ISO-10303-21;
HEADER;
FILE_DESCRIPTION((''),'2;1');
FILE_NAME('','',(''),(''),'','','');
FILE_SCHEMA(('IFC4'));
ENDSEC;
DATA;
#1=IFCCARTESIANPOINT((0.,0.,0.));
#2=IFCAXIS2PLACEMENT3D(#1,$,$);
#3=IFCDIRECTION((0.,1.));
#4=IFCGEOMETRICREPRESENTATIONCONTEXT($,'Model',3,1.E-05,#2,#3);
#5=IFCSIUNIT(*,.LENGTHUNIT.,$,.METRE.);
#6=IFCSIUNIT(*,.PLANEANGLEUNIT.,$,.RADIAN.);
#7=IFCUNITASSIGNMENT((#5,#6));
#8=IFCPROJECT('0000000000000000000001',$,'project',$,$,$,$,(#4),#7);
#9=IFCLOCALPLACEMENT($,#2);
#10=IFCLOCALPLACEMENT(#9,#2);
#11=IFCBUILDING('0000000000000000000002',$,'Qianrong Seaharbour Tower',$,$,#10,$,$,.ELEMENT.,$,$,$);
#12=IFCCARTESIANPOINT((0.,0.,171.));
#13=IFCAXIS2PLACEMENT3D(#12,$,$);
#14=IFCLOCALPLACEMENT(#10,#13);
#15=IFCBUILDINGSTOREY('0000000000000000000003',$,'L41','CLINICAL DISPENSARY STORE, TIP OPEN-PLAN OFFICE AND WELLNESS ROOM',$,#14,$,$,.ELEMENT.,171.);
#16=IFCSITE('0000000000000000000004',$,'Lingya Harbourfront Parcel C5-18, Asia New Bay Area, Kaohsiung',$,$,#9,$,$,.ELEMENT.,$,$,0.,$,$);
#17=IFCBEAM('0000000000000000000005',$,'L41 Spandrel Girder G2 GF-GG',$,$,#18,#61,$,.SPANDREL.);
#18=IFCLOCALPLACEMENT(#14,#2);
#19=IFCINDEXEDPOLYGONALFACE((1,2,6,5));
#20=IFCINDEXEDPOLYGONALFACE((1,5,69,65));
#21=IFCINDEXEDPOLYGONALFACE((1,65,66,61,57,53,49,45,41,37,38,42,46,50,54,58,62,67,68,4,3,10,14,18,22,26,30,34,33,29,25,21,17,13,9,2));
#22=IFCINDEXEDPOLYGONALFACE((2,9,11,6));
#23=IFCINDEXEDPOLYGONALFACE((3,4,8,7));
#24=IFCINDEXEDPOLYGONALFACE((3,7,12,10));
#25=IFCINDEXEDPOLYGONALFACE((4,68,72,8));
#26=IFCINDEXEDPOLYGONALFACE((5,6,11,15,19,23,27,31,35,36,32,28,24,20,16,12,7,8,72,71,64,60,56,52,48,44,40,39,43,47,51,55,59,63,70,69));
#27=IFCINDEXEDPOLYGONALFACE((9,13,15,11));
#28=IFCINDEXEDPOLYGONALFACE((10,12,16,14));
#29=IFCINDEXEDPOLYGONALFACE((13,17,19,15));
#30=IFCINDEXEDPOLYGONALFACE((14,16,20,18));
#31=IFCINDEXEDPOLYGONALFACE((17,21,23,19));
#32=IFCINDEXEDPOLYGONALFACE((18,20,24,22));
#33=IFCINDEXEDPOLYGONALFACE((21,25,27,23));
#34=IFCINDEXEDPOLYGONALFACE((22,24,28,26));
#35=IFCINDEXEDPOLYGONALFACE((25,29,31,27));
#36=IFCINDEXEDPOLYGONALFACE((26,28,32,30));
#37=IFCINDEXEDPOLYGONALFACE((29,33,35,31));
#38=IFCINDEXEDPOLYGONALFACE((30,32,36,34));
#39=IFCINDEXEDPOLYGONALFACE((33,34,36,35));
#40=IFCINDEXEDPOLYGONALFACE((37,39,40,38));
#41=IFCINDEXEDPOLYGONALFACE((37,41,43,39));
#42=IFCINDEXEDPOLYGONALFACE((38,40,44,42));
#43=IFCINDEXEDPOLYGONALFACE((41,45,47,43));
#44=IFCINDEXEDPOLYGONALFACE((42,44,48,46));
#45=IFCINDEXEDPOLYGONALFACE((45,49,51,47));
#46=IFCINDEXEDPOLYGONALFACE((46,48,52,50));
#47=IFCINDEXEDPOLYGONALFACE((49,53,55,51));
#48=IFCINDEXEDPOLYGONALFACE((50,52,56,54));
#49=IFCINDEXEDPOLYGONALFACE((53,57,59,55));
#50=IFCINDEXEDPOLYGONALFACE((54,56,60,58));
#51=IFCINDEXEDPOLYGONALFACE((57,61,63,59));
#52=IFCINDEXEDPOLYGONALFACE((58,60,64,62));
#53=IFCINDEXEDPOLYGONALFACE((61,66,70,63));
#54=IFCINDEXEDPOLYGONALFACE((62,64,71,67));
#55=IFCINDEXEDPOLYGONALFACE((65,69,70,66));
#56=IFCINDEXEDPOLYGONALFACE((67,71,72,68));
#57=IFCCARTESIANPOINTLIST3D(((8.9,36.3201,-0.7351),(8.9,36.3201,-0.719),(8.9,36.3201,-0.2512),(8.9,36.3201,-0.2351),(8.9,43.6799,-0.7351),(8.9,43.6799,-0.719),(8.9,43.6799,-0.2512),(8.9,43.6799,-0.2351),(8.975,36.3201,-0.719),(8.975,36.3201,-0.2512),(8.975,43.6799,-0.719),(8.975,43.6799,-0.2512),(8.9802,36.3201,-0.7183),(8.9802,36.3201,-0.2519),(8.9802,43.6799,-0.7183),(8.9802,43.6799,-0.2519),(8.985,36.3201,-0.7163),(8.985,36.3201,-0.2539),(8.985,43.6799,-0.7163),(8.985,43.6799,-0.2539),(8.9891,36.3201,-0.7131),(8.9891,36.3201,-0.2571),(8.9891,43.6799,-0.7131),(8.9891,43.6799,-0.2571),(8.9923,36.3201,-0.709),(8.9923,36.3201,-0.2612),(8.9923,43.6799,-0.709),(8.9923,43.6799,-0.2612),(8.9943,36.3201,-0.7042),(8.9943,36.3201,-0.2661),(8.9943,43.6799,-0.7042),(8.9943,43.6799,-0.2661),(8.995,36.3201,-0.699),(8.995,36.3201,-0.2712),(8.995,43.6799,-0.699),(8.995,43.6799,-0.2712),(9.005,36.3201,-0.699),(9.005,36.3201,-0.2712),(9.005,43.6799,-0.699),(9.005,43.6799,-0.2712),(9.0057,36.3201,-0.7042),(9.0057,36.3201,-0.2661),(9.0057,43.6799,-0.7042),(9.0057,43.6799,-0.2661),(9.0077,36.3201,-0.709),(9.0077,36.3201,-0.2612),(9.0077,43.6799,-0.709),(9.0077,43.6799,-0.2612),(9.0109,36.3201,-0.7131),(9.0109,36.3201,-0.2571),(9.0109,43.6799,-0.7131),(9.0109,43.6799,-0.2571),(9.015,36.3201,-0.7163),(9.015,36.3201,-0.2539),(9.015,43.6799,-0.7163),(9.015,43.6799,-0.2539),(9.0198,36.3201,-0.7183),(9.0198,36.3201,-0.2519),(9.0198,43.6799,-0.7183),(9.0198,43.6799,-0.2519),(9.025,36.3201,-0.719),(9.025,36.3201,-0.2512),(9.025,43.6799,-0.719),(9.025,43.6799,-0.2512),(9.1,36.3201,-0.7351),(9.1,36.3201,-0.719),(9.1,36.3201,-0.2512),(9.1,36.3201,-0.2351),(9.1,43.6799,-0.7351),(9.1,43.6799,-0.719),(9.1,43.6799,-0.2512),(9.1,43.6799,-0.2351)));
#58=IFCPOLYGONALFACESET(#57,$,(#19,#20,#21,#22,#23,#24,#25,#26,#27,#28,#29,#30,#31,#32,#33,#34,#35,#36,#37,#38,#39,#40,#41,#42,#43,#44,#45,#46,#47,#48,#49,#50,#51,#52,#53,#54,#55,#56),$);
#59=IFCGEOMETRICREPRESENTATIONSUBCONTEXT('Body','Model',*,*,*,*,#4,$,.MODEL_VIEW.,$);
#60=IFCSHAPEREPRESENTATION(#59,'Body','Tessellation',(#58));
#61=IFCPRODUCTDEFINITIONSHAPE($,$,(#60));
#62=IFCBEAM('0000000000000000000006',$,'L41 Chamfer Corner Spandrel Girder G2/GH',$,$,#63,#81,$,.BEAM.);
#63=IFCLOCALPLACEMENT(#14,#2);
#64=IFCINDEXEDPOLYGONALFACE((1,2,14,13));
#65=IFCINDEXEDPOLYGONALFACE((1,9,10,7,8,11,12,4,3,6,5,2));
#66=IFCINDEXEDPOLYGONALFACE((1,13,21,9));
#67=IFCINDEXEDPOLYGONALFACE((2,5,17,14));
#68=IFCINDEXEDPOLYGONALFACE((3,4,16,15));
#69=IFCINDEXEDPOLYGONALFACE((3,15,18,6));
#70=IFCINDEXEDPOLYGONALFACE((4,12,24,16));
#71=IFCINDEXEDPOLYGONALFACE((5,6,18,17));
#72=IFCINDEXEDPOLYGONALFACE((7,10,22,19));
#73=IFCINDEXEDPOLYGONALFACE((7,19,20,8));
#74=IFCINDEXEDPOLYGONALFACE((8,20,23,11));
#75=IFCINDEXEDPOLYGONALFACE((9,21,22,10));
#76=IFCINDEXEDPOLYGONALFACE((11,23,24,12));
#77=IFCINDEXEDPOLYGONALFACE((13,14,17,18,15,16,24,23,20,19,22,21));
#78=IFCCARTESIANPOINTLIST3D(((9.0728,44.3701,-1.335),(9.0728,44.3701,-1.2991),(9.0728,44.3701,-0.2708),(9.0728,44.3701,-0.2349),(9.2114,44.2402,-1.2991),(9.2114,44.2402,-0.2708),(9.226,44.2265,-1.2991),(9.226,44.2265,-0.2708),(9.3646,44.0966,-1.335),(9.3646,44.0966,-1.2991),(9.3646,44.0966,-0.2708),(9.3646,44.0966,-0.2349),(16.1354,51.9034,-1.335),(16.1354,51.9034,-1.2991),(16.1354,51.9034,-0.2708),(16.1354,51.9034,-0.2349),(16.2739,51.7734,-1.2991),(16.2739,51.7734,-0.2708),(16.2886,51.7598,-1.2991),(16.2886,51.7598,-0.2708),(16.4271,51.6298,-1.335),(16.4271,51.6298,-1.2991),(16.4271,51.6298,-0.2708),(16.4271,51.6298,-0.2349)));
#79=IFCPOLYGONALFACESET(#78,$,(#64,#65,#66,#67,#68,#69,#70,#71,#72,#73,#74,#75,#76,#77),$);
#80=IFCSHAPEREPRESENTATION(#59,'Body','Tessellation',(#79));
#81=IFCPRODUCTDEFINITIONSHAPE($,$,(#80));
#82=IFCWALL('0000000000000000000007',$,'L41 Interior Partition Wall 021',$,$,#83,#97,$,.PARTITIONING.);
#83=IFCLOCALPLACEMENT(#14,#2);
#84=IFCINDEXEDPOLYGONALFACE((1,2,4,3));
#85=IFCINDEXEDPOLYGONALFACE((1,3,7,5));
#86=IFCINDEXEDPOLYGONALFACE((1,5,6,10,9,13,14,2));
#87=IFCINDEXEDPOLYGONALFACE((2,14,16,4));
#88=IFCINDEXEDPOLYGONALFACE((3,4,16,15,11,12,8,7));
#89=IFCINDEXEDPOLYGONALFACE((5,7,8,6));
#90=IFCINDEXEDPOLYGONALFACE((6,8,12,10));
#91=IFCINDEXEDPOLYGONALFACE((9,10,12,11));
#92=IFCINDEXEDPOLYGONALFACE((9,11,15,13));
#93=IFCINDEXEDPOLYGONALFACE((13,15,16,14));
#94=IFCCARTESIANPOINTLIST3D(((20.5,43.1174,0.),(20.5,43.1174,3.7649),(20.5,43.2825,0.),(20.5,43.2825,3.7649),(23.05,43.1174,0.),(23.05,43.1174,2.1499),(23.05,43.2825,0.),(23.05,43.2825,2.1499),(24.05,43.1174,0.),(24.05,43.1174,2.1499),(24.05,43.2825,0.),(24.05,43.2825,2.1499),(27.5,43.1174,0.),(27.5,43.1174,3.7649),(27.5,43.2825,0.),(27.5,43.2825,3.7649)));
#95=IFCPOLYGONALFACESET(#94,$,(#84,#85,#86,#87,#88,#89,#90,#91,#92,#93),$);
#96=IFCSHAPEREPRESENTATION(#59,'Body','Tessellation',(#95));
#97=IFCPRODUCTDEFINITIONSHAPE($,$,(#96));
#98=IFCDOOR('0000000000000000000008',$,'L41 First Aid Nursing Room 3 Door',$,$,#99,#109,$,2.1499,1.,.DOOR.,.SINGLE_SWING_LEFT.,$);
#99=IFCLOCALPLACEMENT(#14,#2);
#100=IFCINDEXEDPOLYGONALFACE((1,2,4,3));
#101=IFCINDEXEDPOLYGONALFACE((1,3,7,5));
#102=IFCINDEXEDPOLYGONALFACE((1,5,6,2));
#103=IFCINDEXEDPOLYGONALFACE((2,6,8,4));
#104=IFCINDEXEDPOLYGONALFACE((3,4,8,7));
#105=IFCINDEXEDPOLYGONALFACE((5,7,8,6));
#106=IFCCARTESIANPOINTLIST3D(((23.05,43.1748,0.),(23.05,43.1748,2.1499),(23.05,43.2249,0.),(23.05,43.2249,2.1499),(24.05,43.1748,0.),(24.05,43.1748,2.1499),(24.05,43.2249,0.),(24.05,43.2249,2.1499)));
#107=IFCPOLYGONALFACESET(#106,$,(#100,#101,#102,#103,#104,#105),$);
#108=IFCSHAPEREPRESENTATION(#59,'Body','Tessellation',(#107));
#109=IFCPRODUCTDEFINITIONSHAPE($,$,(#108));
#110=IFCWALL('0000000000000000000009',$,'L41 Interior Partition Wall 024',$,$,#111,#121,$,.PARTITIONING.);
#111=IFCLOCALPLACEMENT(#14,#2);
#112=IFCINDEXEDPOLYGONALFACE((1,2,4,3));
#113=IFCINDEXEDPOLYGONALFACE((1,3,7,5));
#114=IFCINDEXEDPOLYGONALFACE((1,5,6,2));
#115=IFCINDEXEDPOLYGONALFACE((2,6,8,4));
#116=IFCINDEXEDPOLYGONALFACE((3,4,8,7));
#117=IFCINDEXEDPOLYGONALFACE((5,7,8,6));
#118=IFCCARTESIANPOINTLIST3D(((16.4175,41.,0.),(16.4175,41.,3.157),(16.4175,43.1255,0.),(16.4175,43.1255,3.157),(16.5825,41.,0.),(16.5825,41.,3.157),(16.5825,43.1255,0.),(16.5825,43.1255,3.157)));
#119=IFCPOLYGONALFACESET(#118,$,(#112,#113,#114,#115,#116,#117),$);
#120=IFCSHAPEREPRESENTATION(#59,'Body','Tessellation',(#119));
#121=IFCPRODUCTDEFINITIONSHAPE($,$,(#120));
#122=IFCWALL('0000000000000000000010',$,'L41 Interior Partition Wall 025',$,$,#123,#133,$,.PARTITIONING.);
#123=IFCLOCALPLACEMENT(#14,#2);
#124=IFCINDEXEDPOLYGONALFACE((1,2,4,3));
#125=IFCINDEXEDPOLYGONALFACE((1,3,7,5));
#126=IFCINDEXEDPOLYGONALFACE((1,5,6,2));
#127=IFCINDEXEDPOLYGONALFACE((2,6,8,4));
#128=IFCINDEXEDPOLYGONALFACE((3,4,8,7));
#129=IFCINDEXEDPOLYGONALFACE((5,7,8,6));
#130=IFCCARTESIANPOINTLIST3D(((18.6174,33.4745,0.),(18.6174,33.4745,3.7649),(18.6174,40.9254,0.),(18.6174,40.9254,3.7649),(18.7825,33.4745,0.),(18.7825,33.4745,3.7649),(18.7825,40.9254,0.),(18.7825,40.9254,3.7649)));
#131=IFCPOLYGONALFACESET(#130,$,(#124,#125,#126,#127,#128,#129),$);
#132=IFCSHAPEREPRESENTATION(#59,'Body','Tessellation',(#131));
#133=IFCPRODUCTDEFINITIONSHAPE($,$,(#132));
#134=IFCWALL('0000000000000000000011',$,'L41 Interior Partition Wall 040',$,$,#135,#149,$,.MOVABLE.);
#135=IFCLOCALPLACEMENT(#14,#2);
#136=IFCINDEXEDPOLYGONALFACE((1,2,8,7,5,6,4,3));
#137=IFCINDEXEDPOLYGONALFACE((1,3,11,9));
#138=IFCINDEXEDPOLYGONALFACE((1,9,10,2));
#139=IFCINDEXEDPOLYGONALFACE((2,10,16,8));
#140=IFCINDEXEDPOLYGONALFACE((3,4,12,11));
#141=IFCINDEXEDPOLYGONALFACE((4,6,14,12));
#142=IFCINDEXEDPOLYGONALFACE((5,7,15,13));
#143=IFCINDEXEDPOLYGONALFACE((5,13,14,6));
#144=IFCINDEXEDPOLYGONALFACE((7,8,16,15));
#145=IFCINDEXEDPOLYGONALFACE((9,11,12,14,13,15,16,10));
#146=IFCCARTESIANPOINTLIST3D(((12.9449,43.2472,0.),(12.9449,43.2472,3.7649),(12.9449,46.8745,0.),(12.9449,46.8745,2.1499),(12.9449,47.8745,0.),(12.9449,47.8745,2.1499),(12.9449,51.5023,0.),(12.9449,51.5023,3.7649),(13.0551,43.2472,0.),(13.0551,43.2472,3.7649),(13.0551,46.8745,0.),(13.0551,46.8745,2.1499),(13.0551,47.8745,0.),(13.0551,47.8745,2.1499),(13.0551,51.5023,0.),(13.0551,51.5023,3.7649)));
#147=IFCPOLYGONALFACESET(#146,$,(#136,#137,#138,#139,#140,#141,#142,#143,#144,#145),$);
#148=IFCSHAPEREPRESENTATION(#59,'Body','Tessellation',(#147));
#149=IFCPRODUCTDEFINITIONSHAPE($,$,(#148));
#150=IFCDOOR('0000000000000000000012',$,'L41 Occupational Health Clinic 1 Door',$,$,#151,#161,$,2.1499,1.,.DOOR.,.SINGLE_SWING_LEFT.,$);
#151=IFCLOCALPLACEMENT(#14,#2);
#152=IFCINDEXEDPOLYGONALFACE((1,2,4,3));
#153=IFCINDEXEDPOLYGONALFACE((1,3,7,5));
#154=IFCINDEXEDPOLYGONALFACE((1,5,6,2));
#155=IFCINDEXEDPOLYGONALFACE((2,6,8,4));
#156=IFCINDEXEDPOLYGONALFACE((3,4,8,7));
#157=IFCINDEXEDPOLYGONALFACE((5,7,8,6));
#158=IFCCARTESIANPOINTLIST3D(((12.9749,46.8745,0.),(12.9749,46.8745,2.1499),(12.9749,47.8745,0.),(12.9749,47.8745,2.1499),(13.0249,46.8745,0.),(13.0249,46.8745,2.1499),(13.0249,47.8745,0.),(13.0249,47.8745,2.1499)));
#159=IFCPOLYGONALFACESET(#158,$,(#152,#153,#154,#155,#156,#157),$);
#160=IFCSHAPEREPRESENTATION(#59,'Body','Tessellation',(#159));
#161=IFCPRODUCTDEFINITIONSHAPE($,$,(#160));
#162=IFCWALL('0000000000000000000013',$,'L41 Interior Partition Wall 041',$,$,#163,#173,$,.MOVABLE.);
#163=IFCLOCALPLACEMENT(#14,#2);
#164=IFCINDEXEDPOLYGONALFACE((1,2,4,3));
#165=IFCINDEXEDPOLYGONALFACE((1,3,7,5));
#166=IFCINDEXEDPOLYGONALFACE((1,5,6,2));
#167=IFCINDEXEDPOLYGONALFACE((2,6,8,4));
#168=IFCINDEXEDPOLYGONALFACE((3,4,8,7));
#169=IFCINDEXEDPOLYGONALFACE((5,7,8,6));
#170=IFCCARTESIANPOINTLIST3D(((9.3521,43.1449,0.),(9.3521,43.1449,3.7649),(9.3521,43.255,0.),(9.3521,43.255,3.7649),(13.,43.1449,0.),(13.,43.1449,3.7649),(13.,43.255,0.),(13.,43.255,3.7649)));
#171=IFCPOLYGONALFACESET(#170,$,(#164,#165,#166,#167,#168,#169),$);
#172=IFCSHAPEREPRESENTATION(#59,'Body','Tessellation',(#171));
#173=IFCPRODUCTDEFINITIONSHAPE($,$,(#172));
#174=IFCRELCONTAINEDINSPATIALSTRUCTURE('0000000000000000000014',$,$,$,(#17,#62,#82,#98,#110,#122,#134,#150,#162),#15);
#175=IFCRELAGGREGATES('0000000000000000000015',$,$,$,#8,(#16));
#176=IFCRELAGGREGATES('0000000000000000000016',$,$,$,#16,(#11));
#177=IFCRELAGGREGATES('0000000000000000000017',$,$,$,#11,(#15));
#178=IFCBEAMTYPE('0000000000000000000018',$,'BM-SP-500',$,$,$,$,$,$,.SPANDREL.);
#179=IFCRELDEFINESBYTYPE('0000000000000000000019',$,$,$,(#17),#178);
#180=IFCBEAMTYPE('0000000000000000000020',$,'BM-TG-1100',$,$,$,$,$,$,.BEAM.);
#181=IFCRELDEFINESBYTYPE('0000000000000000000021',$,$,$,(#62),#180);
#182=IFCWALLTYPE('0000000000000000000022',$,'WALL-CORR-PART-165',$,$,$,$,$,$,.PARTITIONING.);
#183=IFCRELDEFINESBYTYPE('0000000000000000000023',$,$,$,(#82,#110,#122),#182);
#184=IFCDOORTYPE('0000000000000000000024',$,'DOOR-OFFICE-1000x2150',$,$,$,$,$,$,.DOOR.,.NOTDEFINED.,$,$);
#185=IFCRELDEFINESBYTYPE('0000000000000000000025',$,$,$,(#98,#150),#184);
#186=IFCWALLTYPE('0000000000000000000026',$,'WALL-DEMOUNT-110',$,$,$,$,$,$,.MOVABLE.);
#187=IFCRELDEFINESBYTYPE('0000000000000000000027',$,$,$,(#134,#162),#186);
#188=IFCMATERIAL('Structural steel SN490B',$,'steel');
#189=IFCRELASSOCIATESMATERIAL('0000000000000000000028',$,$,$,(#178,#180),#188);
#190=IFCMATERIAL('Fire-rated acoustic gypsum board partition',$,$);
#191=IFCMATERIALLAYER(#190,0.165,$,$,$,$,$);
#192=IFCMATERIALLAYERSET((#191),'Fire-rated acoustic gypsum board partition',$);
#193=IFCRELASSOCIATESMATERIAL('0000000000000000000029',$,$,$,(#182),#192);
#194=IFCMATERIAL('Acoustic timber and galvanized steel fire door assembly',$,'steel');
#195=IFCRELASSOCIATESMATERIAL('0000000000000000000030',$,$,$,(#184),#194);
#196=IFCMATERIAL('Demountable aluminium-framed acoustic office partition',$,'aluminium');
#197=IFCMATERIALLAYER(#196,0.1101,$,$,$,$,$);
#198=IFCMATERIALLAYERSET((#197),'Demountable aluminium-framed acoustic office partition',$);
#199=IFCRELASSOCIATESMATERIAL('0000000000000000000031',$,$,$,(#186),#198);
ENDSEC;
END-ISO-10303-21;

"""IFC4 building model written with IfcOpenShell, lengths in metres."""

from ifc_helpers import new_model, si_unit, direction, frame, frame_2d, origin, origin_2d, place, context, subcontext, project, spatial, rectangle, i_section, extrude, material, layer, layer_set, material_profile, profile_set, type_object, element, fill, save


model = new_model("IFC4")

# Units and contexts
model_context = context("Model", 3, precision=1e-05, world=origin(), true_north=direction((0.0, 1.0)))
body_context = subcontext(model_context, "Body", "Model", "MODEL_VIEW")
ifc_project = project(units=[si_unit("LENGTHUNIT", "METRE"), si_unit("PLANEANGLEUNIT", "RADIAN")], contexts=[model_context])

# Site, building, storey
site_placement = place(None, origin())
site = spatial("IfcSite", under=ifc_project, at=site_placement, Name="Lingya Harbourfront Parcel C5-18, Asia New Bay Area, Kaohsiung", CompositionType="ELEMENT", RefElevation=0.0)
building_placement = place(site_placement, origin())
building = spatial("IfcBuilding", under=site, at=building_placement, Name="Qianrong Seaharbour Tower", CompositionType="ELEMENT")
storey_placement = place(building_placement, frame((0.0, 0.0, 171.0)))
storey = spatial("IfcBuildingStorey", under=building, at=storey_placement, Name="L41", Description="CLINICAL DISPENSARY STORE, TIP OPEN-PLAN OFFICE AND WELLNESS ROOM", CompositionType="ELEMENT", Elevation=171.0)

# Shared definitions
ifc_material_1 = material(Name="Structural steel SN490B", Category="steel")

# Beams
ifc_material_profile_1 = material_profile(ifc_material_1, i_section(OverallWidth=0.2, OverallDepth=0.5, WebThickness=0.01, FlangeThickness=0.0161, FilletRadius=0.02, at=origin_2d()), Name="H500x200x10x16")
ifc_profile_set_1 = profile_set([ifc_material_profile_1], Name="Structural steel SN490B")
beam_type_1 = type_object("IfcBeamType", Name="BM-SP-500", PredefinedType="SPANDREL", material=ifc_profile_set_1)
for number, where, z_axis, x_axis, name in (
    (1, (9.0, 36.3201, -0.4851), (0.0, 1.0, 0.0), (-1.0, 0.0, 0.0), "L41 Spandrel Girder G2 GF-GG"),
):
    element("IfcBeam", number, at=place(storey_placement, frame(where, z_axis=z_axis, x_axis=x_axis)), inside=storey, type_object=beam_type_1, Name=name, PredefinedType="SPANDREL", context=body_context, shape_type="SweptSolid", body=[
        extrude(i_section(OverallWidth=0.2, OverallDepth=0.5, WebThickness=0.01, FlangeThickness=0.0161, FilletRadius=0.02, at=origin_2d()), origin(), (0.0, 0.0, 1.0), 7.3599),
    ])
ifc_material_profile_2 = material_profile(ifc_material_1, i_section(OverallWidth=0.3999, OverallDepth=1.1001, WebThickness=0.02, FlangeThickness=0.0359, at=origin_2d()), Name="BH1100x400x20x36")
ifc_profile_set_2 = profile_set([ifc_material_profile_2], Name="Structural steel SN490B")
beam_type_2 = type_object("IfcBeamType", Name="BM-TG-1100", PredefinedType="BEAM", material=ifc_profile_set_2)
beam_1_placement = place(storey_placement, frame((16.2812, 51.7666, -0.7849), z_axis=(-0.683947, -0.729531, 0.0), x_axis=(0.729531, -0.683947, 0.0)))
element("IfcBeam", 2, at=beam_1_placement, inside=storey, type_object=beam_type_2, Name="L41 Chamfer Corner Spandrel Girder G2/GH", PredefinedType="BEAM", context=body_context, shape_type="SweptSolid", body=[
    extrude(i_section(OverallWidth=0.3999, OverallDepth=1.1001, WebThickness=0.02, FlangeThickness=0.0359, at=origin_2d()), origin(), (0.0, 0.0, 1.0), 10.3262),
])

# Wall, opening, door
ifc_material_2 = material(Name="Fire-rated acoustic gypsum board partition")
ifc_layer_1 = layer(ifc_material_2, 0.165)
ifc_layer_set_1 = layer_set([ifc_layer_1], Name="Fire-rated acoustic gypsum board partition")
wall_type_1 = type_object("IfcWallType", Name="WALL-CORR-PART-165", PredefinedType="PARTITIONING", material=ifc_layer_set_1)
ifc_material_3 = material(Name="Acoustic timber and galvanized steel fire door assembly", Category="steel")
door_type = type_object("IfcDoorType", Name="DOOR-OFFICE-1000x2150", OperationType="NOTDEFINED", PredefinedType="DOOR", material=ifc_material_3)
wall_1_placement = place(storey_placement, frame((20.5, 43.2, 0.0), z_axis=(0.0, 0.0, 1.0), x_axis=(1.0, 0.0, 0.0)))
wall_1 = element("IfcWall", 3, at=wall_1_placement, inside=storey, type_object=wall_type_1, Name="L41 Interior Partition Wall 021", PredefinedType="PARTITIONING", context=body_context, shape_type="SweptSolid", body=[
    extrude(rectangle(XDim=7.0, YDim=0.165, at=frame_2d((3.5, 0.0))), origin(), (0.0, 0.0, 1.0), 3.7649),
])
opening_1_placement = place(wall_1_placement, frame((2.55, 0.0, 0.0)))
opening_1 = element("IfcOpeningElement", 4, at=opening_1_placement, cuts=wall_1, PredefinedType="OPENING", context=body_context, shape_type="SweptSolid", body=[
    extrude(rectangle(XDim=1.0, YDim=2.1499, at=frame_2d((0.5, 1.075))), frame((0.0, 0.0925, 0.0), z_axis=(0.0, -1.0, 0.0), x_axis=(1.0, 0.0, 0.0)), (0.0, 0.0, 1.0), 0.1851),
])
door_1_placement = place(opening_1_placement, origin())
door_1 = element("IfcDoor", 5, at=door_1_placement, inside=storey, type_object=door_type, Name="L41 First Aid Nursing Room 3 Door", OperationType="SINGLE_SWING_LEFT", OverallHeight=2.1499, OverallWidth=1.0, PredefinedType="DOOR", context=body_context, shape_type="SweptSolid", body=[
    extrude(rectangle(XDim=1.0, YDim=2.1499, at=frame_2d((0.5, 1.075))), frame((0.0, 0.0249, 0.0), z_axis=(0.0, -1.0, 0.0), x_axis=(1.0, 0.0, 0.0)), (0.0, 0.0, 1.0), 0.05),
])
fill(opening_1, door_1)

# Walls
wall_2_placement = place(storey_placement, frame((16.5, 41.0, 0.0), z_axis=(0.0, 0.0, 1.0), x_axis=(0.0, 1.0, 0.0)))
element("IfcWall", 6, at=wall_2_placement, inside=storey, type_object=wall_type_1, Name="L41 Interior Partition Wall 024", PredefinedType="PARTITIONING", context=body_context, shape_type="SweptSolid", body=[
    extrude(rectangle(XDim=2.1255, YDim=0.165, at=frame_2d((1.0627, 0.0))), origin(), (0.0, 0.0, 1.0), 3.157),
])
wall_3_placement = place(storey_placement, frame((18.7, 40.9255, 0.0), z_axis=(0.0, 0.0, 1.0), x_axis=(0.0, -1.0, 0.0)))
element("IfcWall", 7, at=wall_3_placement, inside=storey, type_object=wall_type_1, Name="L41 Interior Partition Wall 025", PredefinedType="PARTITIONING", context=body_context, shape_type="SweptSolid", body=[
    extrude(rectangle(XDim=7.4509, YDim=0.165, at=frame_2d((3.7256, 0.0))), origin(), (0.0, 0.0, 1.0), 3.7649),
])

# Wall, opening, door
ifc_material_4 = material(Name="Demountable aluminium-framed acoustic office partition", Category="aluminium")
ifc_layer_2 = layer(ifc_material_4, 0.1101)
ifc_layer_set_2 = layer_set([ifc_layer_2], Name="Demountable aluminium-framed acoustic office partition")
wall_type_2 = type_object("IfcWallType", Name="WALL-DEMOUNT-110", PredefinedType="MOVABLE", material=ifc_layer_set_2)
wall_4_placement = place(storey_placement, frame((13.0, 51.5022, 0.0), z_axis=(0.0, 0.0, 1.0), x_axis=(0.0, -1.0, 0.0)))
wall_4 = element("IfcWall", 8, at=wall_4_placement, inside=storey, type_object=wall_type_2, Name="L41 Interior Partition Wall 040", PredefinedType="MOVABLE", context=body_context, shape_type="SweptSolid", body=[
    extrude(rectangle(XDim=8.2551, YDim=0.1101, at=frame_2d((4.1274, 0.0))), origin(), (0.0, 0.0, 1.0), 3.7649),
])
opening_2_placement = place(wall_4_placement, frame((3.6277, 0.0, 0.0)))
opening_2 = element("IfcOpeningElement", 9, at=opening_2_placement, cuts=wall_4, PredefinedType="OPENING", context=body_context, shape_type="SweptSolid", body=[
    extrude(rectangle(XDim=1.0, YDim=2.1499, at=frame_2d((0.5, 1.075))), frame((0.0, 0.0649, 0.0), z_axis=(0.0, -1.0, 0.0), x_axis=(1.0, 0.0, 0.0)), (0.0, 0.0, 1.0), 0.1301),
])
door_2_placement = place(opening_2_placement, origin())
door_2 = element("IfcDoor", 10, at=door_2_placement, inside=storey, type_object=door_type, Name="L41 Occupational Health Clinic 1 Door", OperationType="SINGLE_SWING_LEFT", OverallHeight=2.1499, OverallWidth=1.0, PredefinedType="DOOR", context=body_context, shape_type="SweptSolid", body=[
    extrude(rectangle(XDim=1.0, YDim=2.1499, at=frame_2d((0.5, 1.075))), frame((0.0, 0.0249, 0.0), z_axis=(0.0, -1.0, 0.0), x_axis=(1.0, 0.0, 0.0)), (0.0, 0.0, 1.0), 0.05),
])
fill(opening_2, door_2)

# Wall
wall_5_placement = place(storey_placement, frame((13.0, 43.2, 0.0), z_axis=(0.0, 0.0, 1.0), x_axis=(-1.0, 0.0, 0.0)))
element("IfcWall", 11, at=wall_5_placement, inside=storey, type_object=wall_type_2, Name="L41 Interior Partition Wall 041", PredefinedType="MOVABLE", context=body_context, shape_type="SweptSolid", body=[
    extrude(rectangle(XDim=3.6479, YDim=0.1101, at=frame_2d((1.824, 0.0))), origin(), (0.0, 0.0, 1.0), 3.7649),
])

save(model, "model.ifc")
